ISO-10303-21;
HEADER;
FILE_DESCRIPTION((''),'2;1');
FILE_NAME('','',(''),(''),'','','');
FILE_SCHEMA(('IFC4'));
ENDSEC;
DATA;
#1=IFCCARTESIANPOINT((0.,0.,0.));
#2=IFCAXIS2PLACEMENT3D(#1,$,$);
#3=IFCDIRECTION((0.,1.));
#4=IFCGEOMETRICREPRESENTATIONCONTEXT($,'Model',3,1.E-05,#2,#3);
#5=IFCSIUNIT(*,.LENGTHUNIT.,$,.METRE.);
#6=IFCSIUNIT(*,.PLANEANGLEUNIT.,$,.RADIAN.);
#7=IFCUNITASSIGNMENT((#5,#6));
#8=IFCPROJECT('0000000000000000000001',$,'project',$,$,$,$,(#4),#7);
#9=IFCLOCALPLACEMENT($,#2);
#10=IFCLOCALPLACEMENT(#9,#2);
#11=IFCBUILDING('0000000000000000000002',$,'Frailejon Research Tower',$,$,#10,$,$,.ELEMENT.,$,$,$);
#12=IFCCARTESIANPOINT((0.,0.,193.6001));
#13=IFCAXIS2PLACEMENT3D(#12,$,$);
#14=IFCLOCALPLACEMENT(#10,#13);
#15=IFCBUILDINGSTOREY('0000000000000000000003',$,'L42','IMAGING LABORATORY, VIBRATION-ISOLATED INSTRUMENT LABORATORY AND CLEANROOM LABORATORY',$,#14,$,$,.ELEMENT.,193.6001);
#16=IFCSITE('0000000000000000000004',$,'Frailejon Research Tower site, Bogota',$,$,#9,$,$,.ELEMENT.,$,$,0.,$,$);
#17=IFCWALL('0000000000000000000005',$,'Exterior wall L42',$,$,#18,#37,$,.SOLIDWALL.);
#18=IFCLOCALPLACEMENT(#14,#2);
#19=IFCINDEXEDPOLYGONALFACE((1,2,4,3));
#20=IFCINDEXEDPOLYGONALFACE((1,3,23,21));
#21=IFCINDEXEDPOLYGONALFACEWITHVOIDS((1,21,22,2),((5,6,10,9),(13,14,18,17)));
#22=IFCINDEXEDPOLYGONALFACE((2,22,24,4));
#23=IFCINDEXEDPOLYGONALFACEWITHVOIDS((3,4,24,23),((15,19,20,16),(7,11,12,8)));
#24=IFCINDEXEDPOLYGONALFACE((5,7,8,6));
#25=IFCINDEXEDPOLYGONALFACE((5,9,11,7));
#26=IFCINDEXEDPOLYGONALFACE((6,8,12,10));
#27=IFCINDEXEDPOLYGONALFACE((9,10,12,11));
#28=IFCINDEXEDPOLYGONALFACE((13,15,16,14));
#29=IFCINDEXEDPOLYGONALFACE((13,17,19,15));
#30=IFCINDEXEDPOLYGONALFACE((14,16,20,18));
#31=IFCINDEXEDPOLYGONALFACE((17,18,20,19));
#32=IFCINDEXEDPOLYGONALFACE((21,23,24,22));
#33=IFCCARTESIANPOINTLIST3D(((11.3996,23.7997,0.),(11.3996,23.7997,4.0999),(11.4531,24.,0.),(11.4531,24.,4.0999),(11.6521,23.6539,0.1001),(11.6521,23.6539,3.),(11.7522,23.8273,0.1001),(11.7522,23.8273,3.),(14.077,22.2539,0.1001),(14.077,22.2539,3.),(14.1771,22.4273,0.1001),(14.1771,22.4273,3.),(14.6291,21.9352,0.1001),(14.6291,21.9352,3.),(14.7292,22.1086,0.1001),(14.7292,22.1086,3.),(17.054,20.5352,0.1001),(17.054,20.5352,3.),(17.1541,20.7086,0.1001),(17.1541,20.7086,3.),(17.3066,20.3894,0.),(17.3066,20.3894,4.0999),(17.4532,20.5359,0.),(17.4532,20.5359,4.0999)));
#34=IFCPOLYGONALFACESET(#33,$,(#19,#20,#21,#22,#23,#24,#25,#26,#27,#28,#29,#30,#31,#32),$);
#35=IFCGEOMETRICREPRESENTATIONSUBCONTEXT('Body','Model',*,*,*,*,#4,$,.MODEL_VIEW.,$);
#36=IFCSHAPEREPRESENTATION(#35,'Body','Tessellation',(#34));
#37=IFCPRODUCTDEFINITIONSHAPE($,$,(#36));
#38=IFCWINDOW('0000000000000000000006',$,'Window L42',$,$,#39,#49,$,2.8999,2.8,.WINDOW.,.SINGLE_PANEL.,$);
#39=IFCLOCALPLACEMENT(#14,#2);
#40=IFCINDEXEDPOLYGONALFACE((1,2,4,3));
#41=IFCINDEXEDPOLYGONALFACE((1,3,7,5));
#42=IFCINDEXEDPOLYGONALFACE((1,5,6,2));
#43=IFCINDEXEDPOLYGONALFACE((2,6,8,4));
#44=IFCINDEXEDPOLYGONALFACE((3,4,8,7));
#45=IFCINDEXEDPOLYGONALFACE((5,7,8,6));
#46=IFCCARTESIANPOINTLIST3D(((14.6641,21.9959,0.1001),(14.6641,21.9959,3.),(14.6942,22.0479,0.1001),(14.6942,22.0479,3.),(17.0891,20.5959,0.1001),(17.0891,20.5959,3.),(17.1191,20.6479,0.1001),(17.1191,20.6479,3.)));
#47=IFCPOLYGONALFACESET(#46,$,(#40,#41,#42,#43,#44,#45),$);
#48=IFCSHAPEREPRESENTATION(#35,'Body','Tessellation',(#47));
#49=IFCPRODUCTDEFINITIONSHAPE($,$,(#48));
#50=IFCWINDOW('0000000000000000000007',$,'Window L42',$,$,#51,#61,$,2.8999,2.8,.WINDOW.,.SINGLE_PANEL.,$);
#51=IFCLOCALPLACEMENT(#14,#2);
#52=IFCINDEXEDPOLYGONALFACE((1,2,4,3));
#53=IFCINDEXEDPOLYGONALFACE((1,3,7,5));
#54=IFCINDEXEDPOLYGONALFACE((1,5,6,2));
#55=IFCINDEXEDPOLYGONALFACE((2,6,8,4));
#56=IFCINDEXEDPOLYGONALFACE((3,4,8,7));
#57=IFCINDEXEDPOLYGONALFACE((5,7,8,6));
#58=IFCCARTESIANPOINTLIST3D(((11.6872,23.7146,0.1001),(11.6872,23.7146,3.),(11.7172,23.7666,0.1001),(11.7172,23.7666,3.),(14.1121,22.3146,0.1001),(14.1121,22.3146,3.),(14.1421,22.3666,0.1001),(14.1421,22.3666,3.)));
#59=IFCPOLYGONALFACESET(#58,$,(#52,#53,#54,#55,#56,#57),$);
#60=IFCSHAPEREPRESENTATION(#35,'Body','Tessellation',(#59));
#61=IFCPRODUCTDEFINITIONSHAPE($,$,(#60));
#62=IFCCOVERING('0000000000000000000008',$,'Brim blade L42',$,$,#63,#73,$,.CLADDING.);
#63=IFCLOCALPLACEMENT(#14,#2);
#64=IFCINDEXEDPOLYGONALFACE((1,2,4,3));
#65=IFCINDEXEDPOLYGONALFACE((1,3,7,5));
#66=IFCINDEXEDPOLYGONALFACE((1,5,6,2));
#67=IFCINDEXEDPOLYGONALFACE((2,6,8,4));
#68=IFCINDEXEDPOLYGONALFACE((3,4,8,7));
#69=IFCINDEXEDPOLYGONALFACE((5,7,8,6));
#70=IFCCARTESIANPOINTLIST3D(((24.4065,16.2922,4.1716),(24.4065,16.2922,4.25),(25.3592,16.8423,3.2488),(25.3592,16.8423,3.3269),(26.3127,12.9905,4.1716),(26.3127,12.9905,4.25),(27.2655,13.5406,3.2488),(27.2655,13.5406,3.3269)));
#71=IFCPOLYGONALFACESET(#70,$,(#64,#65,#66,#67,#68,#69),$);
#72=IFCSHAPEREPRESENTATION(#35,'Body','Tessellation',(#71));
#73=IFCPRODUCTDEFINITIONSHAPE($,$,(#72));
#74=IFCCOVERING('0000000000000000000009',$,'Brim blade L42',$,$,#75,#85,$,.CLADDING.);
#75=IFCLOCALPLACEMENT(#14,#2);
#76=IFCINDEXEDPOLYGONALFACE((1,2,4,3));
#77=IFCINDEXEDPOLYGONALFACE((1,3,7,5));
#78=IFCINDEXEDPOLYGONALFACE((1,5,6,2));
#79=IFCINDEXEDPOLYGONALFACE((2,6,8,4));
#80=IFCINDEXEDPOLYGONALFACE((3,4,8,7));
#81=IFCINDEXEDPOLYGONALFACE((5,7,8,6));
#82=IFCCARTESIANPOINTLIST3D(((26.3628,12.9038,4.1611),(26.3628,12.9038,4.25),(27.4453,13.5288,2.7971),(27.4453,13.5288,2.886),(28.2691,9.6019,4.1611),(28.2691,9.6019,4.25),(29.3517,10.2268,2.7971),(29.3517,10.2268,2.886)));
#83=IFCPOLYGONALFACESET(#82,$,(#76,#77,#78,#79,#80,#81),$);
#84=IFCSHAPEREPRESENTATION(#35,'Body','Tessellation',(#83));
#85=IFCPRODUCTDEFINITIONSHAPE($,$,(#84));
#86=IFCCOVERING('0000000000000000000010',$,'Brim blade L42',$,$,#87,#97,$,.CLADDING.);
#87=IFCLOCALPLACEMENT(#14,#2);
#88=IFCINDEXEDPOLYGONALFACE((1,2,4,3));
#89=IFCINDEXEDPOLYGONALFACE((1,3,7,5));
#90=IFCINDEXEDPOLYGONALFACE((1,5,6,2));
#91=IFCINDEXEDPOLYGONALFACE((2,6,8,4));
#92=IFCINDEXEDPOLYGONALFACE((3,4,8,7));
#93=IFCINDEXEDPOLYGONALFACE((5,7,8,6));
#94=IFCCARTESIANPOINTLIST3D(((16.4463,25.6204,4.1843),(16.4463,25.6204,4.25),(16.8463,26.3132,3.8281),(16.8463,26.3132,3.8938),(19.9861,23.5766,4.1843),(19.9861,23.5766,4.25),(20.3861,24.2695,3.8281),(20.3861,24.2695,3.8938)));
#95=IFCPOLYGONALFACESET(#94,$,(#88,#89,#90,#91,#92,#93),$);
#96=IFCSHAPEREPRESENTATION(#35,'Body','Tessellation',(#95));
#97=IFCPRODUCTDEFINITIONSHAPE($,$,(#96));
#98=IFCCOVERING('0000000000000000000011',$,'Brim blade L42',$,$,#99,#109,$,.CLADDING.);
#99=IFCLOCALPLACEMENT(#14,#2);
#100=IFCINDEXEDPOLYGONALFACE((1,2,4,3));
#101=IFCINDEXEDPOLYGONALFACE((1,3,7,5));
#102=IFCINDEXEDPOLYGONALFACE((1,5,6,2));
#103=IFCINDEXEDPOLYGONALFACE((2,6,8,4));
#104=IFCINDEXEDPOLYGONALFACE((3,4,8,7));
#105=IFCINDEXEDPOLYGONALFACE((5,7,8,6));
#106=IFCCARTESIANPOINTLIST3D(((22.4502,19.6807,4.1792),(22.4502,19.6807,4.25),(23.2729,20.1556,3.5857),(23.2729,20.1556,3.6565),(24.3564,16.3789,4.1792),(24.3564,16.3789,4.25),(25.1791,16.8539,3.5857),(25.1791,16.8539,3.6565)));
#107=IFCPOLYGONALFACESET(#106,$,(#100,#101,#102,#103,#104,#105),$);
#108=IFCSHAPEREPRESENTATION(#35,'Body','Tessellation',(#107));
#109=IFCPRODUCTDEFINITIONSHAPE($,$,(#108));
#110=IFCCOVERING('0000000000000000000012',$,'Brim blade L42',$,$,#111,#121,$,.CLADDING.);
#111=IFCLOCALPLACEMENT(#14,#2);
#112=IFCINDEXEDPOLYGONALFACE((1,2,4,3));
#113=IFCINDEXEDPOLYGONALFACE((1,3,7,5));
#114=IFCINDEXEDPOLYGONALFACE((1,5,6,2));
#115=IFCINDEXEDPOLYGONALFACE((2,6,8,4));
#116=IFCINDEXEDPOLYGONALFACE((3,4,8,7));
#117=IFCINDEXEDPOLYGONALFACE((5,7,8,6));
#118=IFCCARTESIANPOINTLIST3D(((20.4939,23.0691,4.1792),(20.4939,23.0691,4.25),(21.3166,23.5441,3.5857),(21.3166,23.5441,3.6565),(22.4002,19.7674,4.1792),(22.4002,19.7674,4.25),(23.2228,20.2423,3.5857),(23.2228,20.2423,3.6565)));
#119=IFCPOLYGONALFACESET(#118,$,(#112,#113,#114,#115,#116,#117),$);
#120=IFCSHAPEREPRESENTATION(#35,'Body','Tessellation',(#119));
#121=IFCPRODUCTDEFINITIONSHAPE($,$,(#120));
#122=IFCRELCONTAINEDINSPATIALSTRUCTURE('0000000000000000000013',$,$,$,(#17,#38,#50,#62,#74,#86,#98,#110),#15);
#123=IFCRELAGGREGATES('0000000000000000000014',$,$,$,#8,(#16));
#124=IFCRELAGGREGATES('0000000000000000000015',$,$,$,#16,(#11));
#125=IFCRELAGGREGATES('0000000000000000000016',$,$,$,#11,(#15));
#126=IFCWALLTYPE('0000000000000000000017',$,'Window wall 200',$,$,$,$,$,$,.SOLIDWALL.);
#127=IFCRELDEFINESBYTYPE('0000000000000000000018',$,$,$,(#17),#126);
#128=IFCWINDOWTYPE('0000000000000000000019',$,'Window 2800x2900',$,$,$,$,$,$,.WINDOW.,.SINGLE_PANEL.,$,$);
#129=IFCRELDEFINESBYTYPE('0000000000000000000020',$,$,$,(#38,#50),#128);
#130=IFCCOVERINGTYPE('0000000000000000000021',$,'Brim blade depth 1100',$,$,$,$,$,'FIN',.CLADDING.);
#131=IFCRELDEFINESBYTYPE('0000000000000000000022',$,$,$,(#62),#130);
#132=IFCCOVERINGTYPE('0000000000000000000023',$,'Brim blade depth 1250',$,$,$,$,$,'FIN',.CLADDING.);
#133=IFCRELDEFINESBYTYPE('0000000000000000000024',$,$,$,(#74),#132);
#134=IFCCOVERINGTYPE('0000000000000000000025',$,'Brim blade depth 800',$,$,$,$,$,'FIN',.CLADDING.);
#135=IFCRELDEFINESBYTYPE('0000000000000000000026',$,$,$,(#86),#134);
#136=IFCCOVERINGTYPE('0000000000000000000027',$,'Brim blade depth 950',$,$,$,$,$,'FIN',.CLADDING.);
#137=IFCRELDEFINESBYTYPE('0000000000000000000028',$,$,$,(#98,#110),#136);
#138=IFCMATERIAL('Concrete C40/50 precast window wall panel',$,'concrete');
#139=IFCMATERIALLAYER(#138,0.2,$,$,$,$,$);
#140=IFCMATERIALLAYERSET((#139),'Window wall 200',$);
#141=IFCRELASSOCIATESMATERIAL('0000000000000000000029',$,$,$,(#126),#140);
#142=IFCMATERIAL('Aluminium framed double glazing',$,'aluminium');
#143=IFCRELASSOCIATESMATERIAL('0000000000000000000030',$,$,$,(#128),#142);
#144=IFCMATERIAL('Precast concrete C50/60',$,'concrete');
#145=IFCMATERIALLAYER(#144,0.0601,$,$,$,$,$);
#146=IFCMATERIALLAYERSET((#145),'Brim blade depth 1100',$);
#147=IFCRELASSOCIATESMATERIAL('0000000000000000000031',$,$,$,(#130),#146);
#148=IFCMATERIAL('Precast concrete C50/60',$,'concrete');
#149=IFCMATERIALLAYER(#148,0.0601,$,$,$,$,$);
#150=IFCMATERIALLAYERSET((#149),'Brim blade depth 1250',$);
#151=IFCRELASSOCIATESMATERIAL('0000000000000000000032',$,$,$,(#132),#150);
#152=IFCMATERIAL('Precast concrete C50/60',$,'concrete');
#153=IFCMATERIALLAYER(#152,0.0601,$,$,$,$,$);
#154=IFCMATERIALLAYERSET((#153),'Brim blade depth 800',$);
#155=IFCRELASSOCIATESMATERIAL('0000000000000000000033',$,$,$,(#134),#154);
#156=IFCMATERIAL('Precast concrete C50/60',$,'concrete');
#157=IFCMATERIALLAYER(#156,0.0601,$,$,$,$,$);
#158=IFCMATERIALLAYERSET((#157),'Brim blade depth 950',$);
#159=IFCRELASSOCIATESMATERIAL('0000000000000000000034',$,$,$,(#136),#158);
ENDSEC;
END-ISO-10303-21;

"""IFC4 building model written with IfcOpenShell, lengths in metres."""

from ifc_helpers import new_model, si_unit, direction, frame, frame_2d, origin, place, context, subcontext, project, spatial, polyline, rectangle, outline, extrude, material, layer, layer_set, type_object, element, fill, save


model = new_model("IFC4")

# Units and contexts
model_context = context("Model", 3, precision=1e-05, world=origin(), true_north=direction((0.0, 1.0)))
body_context = subcontext(model_context, "Body", "Model", "MODEL_VIEW")
ifc_project = project(units=[si_unit("LENGTHUNIT", "METRE"), si_unit("PLANEANGLEUNIT", "RADIAN")], contexts=[model_context])

# Site, building, storey
site_placement = place(None, origin())
site = spatial("IfcSite", under=ifc_project, at=site_placement, Name="Frailejon Research Tower site, Bogota", CompositionType="ELEMENT", RefElevation=0.0)
building_placement = place(site_placement, origin())
building = spatial("IfcBuilding", under=site, at=building_placement, Name="Frailejon Research Tower", CompositionType="ELEMENT")
storey_placement = place(building_placement, frame((0.0, 0.0, 193.6001)))
storey = spatial("IfcBuildingStorey", under=building, at=storey_placement, Name="L42", Description="IMAGING LABORATORY, VIBRATION-ISOLATED INSTRUMENT LABORATORY AND CLEANROOM LABORATORY", CompositionType="ELEMENT", Elevation=193.6001)

# Wall, openings, windows
ifc_material_1 = material(Name="Concrete C40/50 precast window wall panel", Category="concrete")
ifc_layer_1 = layer(ifc_material_1, 0.2)
ifc_layer_set_1 = layer_set([ifc_layer_1], Name="Window wall 200")
wall_type = type_object("IfcWallType", Name="Window wall 200", PredefinedType="SOLIDWALL", material=ifc_layer_set_1)
wall_placement = place(storey_placement, frame((17.3799, 20.4626, 0.0), z_axis=(0.0, 0.0, 1.0), x_axis=(-0.866029, 0.499993, 0.0)))
wall = element("IfcWall", 1, at=wall_placement, inside=storey, type_object=wall_type, Name="Exterior wall L42", PredefinedType="SOLIDWALL", context=body_context, shape_type="SweptSolid", body=[
    extrude(outline(polyline([(-0.0269, -0.1001), (1.1279, -0.1001), (2.2825, -0.1001), (3.4373, -0.1001), (4.592, -0.1001), (5.7466, -0.1001), (6.9014, -0.1001), (6.8477, 0.1001), (5.7109, 0.1001), (4.574, 0.1001), (3.4373, 0.1001), (2.3005, 0.1001), (1.1636, 0.1001), (0.0269, 0.1001), (-0.0269, -0.1001)])), origin(), (0.0, 0.0, 1.0), 4.0999),
])
opening_1_placement = place(wall_placement, frame((0.3186, 0.0, 0.1001)))
opening_1 = element("IfcOpeningElement", 2, at=opening_1_placement, cuts=wall, PredefinedType="OPENING", context=body_context, shape_type="SweptSolid", body=[
    extrude(rectangle(XDim=2.8, YDim=2.8999, at=frame_2d((1.3999, 1.45))), frame((0.0, 0.1099, 0.0), z_axis=(0.0, -1.0, 0.0), x_axis=(1.0, 0.0, 0.0)), (0.0, 0.0, 1.0), 0.22),
])
opening_2_placement = place(wall_placement, frame((3.7561, 0.0, 0.1001)))
opening_2 = element("IfcOpeningElement", 3, at=opening_2_placement, cuts=wall, PredefinedType="OPENING", context=body_context, shape_type="SweptSolid", body=[
    extrude(rectangle(XDim=2.8, YDim=2.8999, at=frame_2d((1.3999, 1.45))), frame((0.0, 0.1099, 0.0), z_axis=(0.0, -1.0, 0.0), x_axis=(1.0, 0.0, 0.0)), (0.0, 0.0, 1.0), 0.22),
])
ifc_material_2 = material(Name="Aluminium framed double glazing", Category="aluminium")
window_type = type_object("IfcWindowType", Name="Window 2800x2900", PartitioningType="SINGLE_PANEL", PredefinedType="WINDOW", material=ifc_material_2)
window_1_placement = place(opening_1_placement, origin())
window_1 = element("IfcWindow", 4, at=window_1_placement, inside=storey, type_object=window_type, Name="Window L42", OverallHeight=2.8999, OverallWidth=2.8, PartitioningType="SINGLE_PANEL", PredefinedType="WINDOW", context=body_context, shape_type="SweptSolid", body=[
    extrude(rectangle(XDim=2.8, YDim=2.8999, at=frame_2d((1.3999, 1.45))), frame((0.0, 0.03, 0.0), z_axis=(0.0, -1.0, 0.0), x_axis=(1.0, 0.0, 0.0)), (0.0, 0.0, 1.0), 0.0601),
])
fill(opening_1, window_1)
window_2_placement = place(opening_2_placement, origin())
window_2 = element("IfcWindow", 5, at=window_2_placement, inside=storey, type_object=window_type, Name="Window L42", OverallHeight=2.8999, OverallWidth=2.8, PartitioningType="SINGLE_PANEL", PredefinedType="WINDOW", context=body_context, shape_type="SweptSolid", body=[
    extrude(rectangle(XDim=2.8, YDim=2.8999, at=frame_2d((1.3999, 1.45))), frame((0.0, 0.03, 0.0), z_axis=(0.0, -1.0, 0.0), x_axis=(1.0, 0.0, 0.0)), (0.0, 0.0, 1.0), 0.0601),
])
fill(opening_2, window_2)

# Coverings
ifc_material_3 = material(Name="Precast concrete C50/60", Category="concrete")
ifc_layer_2 = layer(ifc_material_3, 0.0601)
ifc_layer_set_2 = layer_set([ifc_layer_2], Name="Brim blade depth 1100")
covering_type_1 = type_object("IfcCoveringType", Name="Brim blade depth 1100", ElementType="FIN", PredefinedType="CLADDING", material=ifc_layer_set_2)
covering_1_placement = place(storey_placement, frame((24.4065, 16.2922, 4.25), z_axis=(0.500001, -0.866025, 0.0), x_axis=(0.866025, 0.500001, 0.0)))
element("IfcCovering", 6, at=covering_1_placement, inside=storey, type_object=covering_type_1, Name="Brim blade L42", PredefinedType="CLADDING", context=body_context, shape_type="SweptSolid", body=[
    extrude(outline(polyline([(0.0, -0.0784), (1.1001, -1.0012), (1.1001, -0.9231), (0.0, 0.0), (0.0, -0.0784)])), origin(), (0.0, 0.0, 1.0), 3.8125),
])
ifc_material_4 = material(Name="Precast concrete C50/60", Category="concrete")
ifc_layer_3 = layer(ifc_material_4, 0.0601)
ifc_layer_set_3 = layer_set([ifc_layer_3], Name="Brim blade depth 1250")
covering_type_2 = type_object("IfcCoveringType", Name="Brim blade depth 1250", ElementType="FIN", PredefinedType="CLADDING", material=ifc_layer_set_3)
covering_2_placement = place(storey_placement, frame((26.3628, 12.9038, 4.25), z_axis=(0.49999, -0.866031, 0.0), x_axis=(0.866031, 0.49999, 0.0)))
element("IfcCovering", 7, at=covering_2_placement, inside=storey, type_object=covering_type_2, Name="Brim blade L42", PredefinedType="CLADDING", context=body_context, shape_type="SweptSolid", body=[
    extrude(outline(polyline([(0.0, -0.0889), (1.25, -1.4529), (1.25, -1.364), (0.0, 0.0), (0.0, -0.0889)])), origin(), (0.0, 0.0, 1.0), 3.8127),
])
ifc_material_5 = material(Name="Precast concrete C50/60", Category="concrete")
ifc_layer_4 = layer(ifc_material_5, 0.0601)
ifc_layer_set_4 = layer_set([ifc_layer_4], Name="Brim blade depth 800")
covering_type_3 = type_object("IfcCoveringType", Name="Brim blade depth 800", ElementType="FIN", PredefinedType="CLADDING", material=ifc_layer_set_4)
covering_3_placement = place(storey_placement, frame((16.4463, 25.6204, 4.25), z_axis=(0.866021, -0.500007, 0.0), x_axis=(0.500007, 0.866021, 0.0)))
element("IfcCovering", 8, at=covering_3_placement, inside=storey, type_object=covering_type_3, Name="Brim blade L42", PredefinedType="CLADDING", context=body_context, shape_type="SweptSolid", body=[
    extrude(outline(polyline([(0.0, -0.0657), (0.8, -0.4219), (0.8, -0.3562), (0.0, 0.0), (0.0, -0.0657)])), origin(), (0.0, 0.0, 1.0), 4.0874),
])
ifc_material_6 = material(Name="Precast concrete C50/60", Category="concrete")
ifc_layer_5 = layer(ifc_material_6, 0.0601)
ifc_layer_set_5 = layer_set([ifc_layer_5], Name="Brim blade depth 950")
covering_type_4 = type_object("IfcCoveringType", Name="Brim blade depth 950", ElementType="FIN", PredefinedType="CLADDING", material=ifc_layer_set_5)
for number, where, z_axis, x_axis, name in (
    (9, (22.4502, 19.6807, 4.25), (0.500001, -0.866025, 0.0), (0.866025, 0.500001, 0.0), "Brim blade L42"),
    (10, (20.4939, 23.0691, 4.25), (0.500001, -0.866025, 0.0), (0.866025, 0.500001, 0.0), "Brim blade L42"),
):
    element("IfcCovering", number, at=place(storey_placement, frame(where, z_axis=z_axis, x_axis=x_axis)), inside=storey, type_object=covering_type_4, Name=name, PredefinedType="CLADDING", context=body_context, shape_type="SweptSolid", body=[
        extrude(outline(polyline([(0.0, -0.0708), (0.95, -0.6643), (0.95, -0.5935), (0.0, 0.0), (0.0, -0.0708)])), origin(), (0.0, 0.0, 1.0), 3.8125),
    ])

save(model, "model.ifc")
